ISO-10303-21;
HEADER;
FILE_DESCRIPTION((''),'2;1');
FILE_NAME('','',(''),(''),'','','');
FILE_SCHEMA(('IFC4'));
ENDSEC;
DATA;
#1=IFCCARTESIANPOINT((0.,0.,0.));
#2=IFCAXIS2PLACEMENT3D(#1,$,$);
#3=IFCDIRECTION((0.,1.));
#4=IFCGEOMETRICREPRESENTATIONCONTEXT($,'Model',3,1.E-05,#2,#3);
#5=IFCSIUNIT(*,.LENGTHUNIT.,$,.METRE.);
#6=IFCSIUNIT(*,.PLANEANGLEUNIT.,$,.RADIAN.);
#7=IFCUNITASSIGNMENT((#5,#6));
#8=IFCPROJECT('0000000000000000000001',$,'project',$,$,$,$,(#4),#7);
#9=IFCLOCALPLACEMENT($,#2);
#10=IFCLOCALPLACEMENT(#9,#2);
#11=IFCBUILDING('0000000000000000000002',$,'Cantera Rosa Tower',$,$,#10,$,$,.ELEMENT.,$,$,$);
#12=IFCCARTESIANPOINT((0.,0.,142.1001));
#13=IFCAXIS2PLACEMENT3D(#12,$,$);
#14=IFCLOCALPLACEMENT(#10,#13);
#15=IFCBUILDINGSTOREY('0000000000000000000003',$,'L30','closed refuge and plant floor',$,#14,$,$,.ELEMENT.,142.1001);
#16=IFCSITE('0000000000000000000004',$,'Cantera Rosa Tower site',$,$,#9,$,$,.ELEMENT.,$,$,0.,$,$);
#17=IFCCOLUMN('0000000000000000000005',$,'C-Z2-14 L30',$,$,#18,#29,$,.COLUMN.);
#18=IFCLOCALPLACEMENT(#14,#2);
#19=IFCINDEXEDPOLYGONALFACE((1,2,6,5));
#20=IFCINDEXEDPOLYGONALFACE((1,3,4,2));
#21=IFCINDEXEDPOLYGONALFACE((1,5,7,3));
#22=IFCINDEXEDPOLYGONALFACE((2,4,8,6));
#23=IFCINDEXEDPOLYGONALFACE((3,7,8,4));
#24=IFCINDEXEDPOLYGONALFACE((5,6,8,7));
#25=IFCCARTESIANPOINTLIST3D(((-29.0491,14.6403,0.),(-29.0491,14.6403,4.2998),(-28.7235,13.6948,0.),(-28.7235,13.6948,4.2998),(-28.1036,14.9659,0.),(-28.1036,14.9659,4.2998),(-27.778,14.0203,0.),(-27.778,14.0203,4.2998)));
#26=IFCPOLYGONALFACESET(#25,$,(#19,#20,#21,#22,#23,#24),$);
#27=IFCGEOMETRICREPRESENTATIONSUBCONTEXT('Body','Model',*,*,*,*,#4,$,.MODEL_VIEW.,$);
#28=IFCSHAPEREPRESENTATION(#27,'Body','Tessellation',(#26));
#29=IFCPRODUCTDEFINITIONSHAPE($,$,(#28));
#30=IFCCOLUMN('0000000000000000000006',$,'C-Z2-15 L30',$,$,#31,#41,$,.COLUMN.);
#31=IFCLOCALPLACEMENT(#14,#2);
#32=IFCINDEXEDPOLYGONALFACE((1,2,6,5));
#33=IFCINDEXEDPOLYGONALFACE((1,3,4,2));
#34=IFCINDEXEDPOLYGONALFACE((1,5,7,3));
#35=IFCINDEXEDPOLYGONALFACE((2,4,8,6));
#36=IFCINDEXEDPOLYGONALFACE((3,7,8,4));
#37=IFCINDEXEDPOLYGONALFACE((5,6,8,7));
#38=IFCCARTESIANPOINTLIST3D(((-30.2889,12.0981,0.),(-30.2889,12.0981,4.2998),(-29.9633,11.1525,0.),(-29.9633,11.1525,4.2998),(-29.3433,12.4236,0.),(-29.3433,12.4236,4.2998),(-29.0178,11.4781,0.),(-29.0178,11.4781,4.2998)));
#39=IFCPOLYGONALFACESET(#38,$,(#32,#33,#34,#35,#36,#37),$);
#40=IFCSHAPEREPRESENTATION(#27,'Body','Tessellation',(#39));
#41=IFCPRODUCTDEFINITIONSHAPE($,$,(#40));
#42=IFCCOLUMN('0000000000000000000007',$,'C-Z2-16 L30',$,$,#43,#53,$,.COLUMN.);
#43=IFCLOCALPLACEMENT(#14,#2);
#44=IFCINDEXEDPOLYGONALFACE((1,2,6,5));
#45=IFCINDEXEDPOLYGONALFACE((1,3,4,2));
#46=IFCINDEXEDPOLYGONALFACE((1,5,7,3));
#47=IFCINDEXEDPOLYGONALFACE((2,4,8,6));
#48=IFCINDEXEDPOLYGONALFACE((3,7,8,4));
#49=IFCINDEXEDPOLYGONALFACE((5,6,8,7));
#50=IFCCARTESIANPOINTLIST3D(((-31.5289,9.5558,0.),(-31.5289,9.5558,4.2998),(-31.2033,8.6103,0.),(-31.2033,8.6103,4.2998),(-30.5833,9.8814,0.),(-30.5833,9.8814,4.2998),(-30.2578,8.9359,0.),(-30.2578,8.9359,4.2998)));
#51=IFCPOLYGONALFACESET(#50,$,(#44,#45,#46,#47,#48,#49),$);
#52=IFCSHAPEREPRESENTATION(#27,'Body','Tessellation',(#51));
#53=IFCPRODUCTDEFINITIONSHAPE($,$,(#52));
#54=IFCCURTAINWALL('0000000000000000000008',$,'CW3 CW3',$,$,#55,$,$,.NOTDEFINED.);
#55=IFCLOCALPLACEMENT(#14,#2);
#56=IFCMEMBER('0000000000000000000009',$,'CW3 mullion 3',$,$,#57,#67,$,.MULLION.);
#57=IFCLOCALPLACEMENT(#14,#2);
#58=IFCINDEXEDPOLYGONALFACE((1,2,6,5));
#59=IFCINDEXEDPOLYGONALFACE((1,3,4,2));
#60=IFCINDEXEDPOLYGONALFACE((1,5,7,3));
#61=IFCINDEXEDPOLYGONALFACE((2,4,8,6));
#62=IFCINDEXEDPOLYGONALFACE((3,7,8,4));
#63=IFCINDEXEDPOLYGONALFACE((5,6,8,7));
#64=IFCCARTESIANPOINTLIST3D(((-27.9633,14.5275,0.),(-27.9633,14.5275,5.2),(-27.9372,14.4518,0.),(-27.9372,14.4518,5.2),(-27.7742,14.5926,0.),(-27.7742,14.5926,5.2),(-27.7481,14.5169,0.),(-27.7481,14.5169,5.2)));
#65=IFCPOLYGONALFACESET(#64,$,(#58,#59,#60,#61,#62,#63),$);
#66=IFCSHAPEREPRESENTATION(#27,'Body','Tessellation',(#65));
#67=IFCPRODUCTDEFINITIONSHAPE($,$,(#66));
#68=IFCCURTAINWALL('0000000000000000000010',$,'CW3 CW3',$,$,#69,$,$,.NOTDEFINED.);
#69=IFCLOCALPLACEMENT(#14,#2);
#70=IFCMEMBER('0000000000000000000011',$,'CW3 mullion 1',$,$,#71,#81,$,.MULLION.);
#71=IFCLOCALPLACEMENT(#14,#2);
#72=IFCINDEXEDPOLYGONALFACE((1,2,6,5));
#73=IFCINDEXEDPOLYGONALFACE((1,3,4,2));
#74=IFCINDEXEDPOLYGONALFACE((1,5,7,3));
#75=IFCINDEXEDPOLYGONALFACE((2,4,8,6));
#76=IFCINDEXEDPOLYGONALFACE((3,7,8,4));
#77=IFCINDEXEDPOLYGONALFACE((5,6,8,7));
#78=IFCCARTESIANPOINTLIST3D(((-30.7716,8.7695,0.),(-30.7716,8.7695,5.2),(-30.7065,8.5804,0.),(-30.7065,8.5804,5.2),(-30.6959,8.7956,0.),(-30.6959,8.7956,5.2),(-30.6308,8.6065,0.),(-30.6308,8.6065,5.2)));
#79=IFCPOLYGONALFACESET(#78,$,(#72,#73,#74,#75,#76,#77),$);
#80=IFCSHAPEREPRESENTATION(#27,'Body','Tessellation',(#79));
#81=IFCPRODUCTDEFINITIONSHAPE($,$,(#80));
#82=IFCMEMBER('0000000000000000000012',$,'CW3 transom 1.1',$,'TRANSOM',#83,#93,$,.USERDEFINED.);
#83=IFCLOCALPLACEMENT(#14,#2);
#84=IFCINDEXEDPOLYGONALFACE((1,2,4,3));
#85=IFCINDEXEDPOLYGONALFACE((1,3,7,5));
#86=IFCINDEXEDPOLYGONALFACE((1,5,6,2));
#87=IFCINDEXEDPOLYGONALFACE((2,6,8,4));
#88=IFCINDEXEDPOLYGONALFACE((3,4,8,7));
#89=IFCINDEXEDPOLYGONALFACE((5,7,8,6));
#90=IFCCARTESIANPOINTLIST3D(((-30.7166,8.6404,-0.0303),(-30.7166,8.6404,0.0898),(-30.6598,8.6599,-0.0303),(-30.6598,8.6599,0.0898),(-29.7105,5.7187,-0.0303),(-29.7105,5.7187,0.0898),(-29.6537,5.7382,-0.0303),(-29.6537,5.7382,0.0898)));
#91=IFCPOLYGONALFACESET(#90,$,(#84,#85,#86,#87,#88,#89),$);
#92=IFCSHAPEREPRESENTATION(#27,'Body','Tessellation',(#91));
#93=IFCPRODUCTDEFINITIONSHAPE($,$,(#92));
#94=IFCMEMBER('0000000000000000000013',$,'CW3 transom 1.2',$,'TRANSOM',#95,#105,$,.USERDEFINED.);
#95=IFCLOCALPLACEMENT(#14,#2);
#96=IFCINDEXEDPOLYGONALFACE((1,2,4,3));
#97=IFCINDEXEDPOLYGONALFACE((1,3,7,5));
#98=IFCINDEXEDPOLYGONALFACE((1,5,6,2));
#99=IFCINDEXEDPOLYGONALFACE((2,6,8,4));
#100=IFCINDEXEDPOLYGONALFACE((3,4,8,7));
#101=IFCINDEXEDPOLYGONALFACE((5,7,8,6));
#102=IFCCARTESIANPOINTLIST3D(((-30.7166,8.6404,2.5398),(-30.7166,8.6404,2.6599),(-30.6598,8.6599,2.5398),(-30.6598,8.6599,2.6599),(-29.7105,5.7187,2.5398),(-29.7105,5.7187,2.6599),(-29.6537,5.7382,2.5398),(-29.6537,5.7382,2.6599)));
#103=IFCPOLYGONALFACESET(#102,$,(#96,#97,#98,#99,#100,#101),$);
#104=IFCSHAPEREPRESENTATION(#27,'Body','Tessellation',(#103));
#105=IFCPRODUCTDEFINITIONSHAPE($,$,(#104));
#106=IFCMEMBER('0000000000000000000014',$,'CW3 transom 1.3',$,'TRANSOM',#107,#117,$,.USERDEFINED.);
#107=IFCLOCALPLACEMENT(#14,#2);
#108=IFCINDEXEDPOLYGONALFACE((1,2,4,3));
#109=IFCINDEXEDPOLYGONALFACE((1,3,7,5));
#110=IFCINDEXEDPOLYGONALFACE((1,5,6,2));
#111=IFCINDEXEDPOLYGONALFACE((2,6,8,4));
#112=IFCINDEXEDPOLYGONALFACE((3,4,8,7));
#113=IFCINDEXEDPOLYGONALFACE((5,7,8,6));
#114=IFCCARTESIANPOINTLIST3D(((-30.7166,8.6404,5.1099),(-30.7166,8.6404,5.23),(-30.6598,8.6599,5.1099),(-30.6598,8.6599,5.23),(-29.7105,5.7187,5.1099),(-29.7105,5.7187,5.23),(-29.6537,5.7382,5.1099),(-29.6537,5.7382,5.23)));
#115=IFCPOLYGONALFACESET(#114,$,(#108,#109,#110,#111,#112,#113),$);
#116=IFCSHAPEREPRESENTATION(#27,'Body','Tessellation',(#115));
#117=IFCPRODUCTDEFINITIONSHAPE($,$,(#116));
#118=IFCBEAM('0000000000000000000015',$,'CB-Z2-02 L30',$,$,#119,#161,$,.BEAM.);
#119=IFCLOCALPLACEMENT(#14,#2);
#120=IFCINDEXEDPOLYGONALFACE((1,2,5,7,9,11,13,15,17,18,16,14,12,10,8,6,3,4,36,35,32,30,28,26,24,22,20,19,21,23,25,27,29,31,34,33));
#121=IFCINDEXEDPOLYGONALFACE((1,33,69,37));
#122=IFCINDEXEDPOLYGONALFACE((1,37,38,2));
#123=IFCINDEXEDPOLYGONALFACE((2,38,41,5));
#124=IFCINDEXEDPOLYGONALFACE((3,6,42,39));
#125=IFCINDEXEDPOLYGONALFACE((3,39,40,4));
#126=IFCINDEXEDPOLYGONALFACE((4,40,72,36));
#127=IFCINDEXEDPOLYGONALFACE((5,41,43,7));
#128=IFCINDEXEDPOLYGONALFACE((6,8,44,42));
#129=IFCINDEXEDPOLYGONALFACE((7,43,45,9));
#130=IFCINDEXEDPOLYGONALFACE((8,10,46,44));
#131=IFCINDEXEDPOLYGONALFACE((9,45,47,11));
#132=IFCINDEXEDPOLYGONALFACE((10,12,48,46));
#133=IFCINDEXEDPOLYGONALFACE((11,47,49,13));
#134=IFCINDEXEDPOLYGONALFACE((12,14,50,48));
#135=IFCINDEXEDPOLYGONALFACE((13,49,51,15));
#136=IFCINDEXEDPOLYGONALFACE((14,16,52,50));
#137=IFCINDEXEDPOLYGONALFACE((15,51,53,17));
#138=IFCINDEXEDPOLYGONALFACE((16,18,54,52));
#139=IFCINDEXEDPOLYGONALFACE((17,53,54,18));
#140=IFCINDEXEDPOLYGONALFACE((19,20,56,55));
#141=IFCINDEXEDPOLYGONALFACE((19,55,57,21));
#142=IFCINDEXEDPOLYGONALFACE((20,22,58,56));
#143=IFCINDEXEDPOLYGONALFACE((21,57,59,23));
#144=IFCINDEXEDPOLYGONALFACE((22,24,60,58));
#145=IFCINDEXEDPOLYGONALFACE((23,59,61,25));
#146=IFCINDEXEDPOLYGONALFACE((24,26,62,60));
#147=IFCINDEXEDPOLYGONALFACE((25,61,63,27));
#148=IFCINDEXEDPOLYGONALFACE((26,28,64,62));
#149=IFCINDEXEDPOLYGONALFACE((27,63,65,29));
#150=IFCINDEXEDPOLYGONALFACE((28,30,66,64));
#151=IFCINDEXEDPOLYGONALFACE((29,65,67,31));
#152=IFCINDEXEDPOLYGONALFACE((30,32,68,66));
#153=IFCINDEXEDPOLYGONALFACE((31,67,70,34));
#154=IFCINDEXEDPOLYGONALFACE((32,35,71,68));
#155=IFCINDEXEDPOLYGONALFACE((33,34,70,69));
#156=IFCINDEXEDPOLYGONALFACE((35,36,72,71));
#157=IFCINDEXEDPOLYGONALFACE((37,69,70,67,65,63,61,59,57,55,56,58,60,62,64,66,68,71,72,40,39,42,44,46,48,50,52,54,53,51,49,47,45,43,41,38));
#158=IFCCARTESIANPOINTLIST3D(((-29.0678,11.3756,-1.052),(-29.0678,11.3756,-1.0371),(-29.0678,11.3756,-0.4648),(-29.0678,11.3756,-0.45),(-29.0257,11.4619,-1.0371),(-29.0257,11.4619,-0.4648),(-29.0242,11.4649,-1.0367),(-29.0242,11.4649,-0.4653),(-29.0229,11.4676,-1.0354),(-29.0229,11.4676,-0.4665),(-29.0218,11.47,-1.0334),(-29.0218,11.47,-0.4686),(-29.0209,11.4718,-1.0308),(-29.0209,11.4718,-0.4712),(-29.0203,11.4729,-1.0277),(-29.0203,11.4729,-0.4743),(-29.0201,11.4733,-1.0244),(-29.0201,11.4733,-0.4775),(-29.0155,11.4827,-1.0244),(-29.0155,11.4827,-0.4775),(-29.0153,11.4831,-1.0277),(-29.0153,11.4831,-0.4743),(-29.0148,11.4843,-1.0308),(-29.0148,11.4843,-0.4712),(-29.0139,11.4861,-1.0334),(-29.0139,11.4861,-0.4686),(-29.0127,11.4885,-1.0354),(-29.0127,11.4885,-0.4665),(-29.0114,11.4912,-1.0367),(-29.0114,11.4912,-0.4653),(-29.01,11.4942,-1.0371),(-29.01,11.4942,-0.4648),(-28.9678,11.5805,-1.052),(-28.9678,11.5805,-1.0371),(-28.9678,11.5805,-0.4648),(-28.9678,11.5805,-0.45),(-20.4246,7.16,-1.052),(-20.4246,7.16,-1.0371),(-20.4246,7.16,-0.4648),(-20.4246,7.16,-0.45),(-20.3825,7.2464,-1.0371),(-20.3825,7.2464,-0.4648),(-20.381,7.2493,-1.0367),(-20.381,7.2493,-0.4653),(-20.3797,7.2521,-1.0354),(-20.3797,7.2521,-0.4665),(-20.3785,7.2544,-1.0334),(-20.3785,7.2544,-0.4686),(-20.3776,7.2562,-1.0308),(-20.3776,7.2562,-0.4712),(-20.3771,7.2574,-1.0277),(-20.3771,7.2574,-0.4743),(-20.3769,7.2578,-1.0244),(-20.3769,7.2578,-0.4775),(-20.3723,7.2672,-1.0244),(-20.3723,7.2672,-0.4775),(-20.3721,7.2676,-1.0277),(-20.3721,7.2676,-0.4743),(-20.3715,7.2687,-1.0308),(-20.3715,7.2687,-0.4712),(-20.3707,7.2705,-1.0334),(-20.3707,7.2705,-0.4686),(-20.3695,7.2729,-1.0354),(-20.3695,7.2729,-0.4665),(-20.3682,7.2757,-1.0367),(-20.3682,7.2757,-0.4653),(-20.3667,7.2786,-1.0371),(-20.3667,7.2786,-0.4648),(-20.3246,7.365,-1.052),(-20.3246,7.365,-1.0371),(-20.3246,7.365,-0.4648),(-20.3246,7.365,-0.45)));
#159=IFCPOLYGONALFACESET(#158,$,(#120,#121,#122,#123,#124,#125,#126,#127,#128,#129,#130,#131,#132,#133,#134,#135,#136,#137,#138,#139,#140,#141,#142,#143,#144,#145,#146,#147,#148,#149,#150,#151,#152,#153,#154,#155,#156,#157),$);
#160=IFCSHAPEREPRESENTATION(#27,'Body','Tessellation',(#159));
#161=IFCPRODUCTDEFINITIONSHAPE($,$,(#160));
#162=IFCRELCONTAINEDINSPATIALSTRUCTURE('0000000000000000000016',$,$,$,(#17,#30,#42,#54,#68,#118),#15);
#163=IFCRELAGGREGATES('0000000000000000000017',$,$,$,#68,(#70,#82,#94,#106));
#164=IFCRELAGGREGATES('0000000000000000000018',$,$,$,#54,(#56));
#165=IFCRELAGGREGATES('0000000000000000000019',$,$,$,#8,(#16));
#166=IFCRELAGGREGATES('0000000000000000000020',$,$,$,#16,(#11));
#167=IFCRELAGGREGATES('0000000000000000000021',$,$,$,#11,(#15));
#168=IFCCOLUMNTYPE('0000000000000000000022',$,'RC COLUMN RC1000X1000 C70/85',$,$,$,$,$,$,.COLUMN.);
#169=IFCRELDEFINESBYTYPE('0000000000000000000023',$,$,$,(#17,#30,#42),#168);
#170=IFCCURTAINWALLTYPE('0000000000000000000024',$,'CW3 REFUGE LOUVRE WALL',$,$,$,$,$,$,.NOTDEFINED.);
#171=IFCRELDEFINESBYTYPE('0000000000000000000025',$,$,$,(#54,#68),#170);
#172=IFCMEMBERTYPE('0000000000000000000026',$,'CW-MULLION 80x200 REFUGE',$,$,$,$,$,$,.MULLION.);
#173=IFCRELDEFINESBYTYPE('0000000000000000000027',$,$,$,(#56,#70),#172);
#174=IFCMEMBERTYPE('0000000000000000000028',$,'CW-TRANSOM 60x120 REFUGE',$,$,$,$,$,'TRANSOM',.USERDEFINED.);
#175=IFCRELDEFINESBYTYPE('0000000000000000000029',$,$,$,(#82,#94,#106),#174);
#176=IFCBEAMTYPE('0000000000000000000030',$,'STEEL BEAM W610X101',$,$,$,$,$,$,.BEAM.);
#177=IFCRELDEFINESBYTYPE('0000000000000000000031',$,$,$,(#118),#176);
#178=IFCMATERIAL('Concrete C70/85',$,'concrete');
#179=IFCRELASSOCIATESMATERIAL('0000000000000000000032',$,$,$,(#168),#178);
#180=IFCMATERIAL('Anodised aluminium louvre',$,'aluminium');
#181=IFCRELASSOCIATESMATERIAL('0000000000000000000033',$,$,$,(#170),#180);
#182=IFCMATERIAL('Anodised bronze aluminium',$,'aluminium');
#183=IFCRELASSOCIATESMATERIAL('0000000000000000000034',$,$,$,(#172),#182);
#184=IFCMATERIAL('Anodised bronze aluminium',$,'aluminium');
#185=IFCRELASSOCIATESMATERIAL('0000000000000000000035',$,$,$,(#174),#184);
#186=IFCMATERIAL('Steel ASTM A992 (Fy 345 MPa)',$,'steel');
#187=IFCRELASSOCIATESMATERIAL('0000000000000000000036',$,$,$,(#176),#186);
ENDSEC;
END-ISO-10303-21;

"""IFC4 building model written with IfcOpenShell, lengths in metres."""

from ifc_helpers import new_model, si_unit, direction, frame, origin, origin_2d, place, context, subcontext, project, spatial, rectangle, i_section, extrude, material, material_profile, profile_set, type_object, element, aggregate, save


model = new_model("IFC4")

# Units and contexts
model_context = context("Model", 3, precision=1e-05, world=origin(), true_north=direction((0.0, 1.0)))
body_context = subcontext(model_context, "Body", "Model", "MODEL_VIEW")
ifc_project = project(units=[si_unit("LENGTHUNIT", "METRE"), si_unit("PLANEANGLEUNIT", "RADIAN")], contexts=[model_context])

# Site, building, storey
site_placement = place(None, origin())
site = spatial("IfcSite", under=ifc_project, at=site_placement, Name="Cantera Rosa Tower site", CompositionType="ELEMENT", RefElevation=0.0)
building_placement = place(site_placement, origin())
building = spatial("IfcBuilding", under=site, at=building_placement, Name="Cantera Rosa Tower", CompositionType="ELEMENT")
storey_placement = place(building_placement, frame((0.0, 0.0, 142.1001)))
storey = spatial("IfcBuildingStorey", under=building, at=storey_placement, Name="L30", Description="closed refuge and plant floor", CompositionType="ELEMENT", Elevation=142.1001)

# Columns
ifc_material_1 = material(Name="Concrete C70/85", Category="concrete")
ifc_material_profile_1 = material_profile(ifc_material_1, rectangle(XDim=1.0, YDim=1.0, at=origin_2d()), Name="RC COLUMN RC1000X1000 C70/85")
ifc_profile_set_1 = profile_set([ifc_material_profile_1], Name="Concrete C70/85")
column_type = type_object("IfcColumnType", Name="RC COLUMN RC1000X1000 C70/85", PredefinedType="COLUMN", material=ifc_profile_set_1)
for number, where, z_axis, x_axis, name in (
    (1, (-28.4136, 14.3303, 0.0), (0.0, 0.0, 1.0), (0.945519, 0.325568, 0.0), "C-Z2-14 L30"),
    (2, (-29.6533, 11.7881, 0.0), (0.0, 0.0, 1.0), (0.945519, 0.325568, 0.0), "C-Z2-15 L30"),
    (3, (-30.8933, 9.2458, 0.0), (0.0, 0.0, 1.0), (0.945519, 0.325568, 0.0), "C-Z2-16 L30"),
):
    element("IfcColumn", number, at=place(storey_placement, frame(where, z_axis=z_axis, x_axis=x_axis)), inside=storey, type_object=column_type, Name=name, PredefinedType="COLUMN", context=body_context, shape_type="SweptSolid", body=[
        extrude(rectangle(XDim=1.0, YDim=1.0, at=origin_2d()), origin(), (0.0, 0.0, 1.0), 4.2998),
    ])

# Curtain wall, member
ifc_material_2 = material(Name="Anodised aluminium louvre", Category="aluminium")
curtain_wall_type = type_object("IfcCurtainWallType", Name="CW3 REFUGE LOUVRE WALL", PredefinedType="NOTDEFINED", material=ifc_material_2)
curtain_wall_1_placement = place(storey_placement, origin())
curtain_wall_1 = element("IfcCurtainWall", 4, at=curtain_wall_1_placement, inside=storey, type_object=curtain_wall_type, Name="CW3 CW3", PredefinedType="NOTDEFINED")
ifc_material_3 = material(Name="Anodised bronze aluminium", Category="aluminium")
ifc_material_profile_2 = material_profile(ifc_material_3, rectangle(XDim=0.0801, YDim=0.2, at=origin_2d()), Name="CW-MULLION 80x200 REFUGE")
ifc_profile_set_2 = profile_set([ifc_material_profile_2], Name="Anodised bronze aluminium")
member_type_1 = type_object("IfcMemberType", Name="CW-MULLION 80x200 REFUGE", PredefinedType="MULLION", material=ifc_profile_set_2)
member_1_placement = place(storey_placement, frame((-27.8557, 14.5222, 0.0), z_axis=(0.0, 0.0, 1.0), x_axis=(0.325568, -0.945519, 0.0)))
member_1 = element("IfcMember", 5, at=member_1_placement, type_object=member_type_1, Name="CW3 mullion 3", PredefinedType="MULLION", context=body_context, shape_type="SweptSolid", body=[
    extrude(rectangle(XDim=0.0801, YDim=0.2, at=origin_2d()), origin(), (0.0, 0.0, 1.0), 5.2),
])

# Curtain wall, members
curtain_wall_2_placement = place(storey_placement, origin())
curtain_wall_2 = element("IfcCurtainWall", 6, at=curtain_wall_2_placement, inside=storey, type_object=curtain_wall_type, Name="CW3 CW3", PredefinedType="NOTDEFINED")
member_2_placement = place(storey_placement, frame((-30.7012, 8.688, 0.0), z_axis=(0.0, 0.0, 1.0), x_axis=(0.945519, 0.325568, 0.0)))
member_2 = element("IfcMember", 7, at=member_2_placement, type_object=member_type_1, Name="CW3 mullion 1", PredefinedType="MULLION", context=body_context, shape_type="SweptSolid", body=[
    extrude(rectangle(XDim=0.0801, YDim=0.2, at=origin_2d()), origin(), (0.0, 0.0, 1.0), 5.2),
])
ifc_material_4 = material(Name="Anodised bronze aluminium", Category="aluminium")
ifc_material_profile_3 = material_profile(ifc_material_4, rectangle(XDim=0.0601, YDim=0.1201, at=origin_2d()), Name="CW-TRANSOM 60x120 REFUGE")
ifc_profile_set_3 = profile_set([ifc_material_profile_3], Name="Anodised bronze aluminium")
member_type_2 = type_object("IfcMemberType", Name="CW-TRANSOM 60x120 REFUGE", ElementType="TRANSOM", PredefinedType="USERDEFINED", material=ifc_profile_set_3)
member_3_placement = place(storey_placement, frame((-30.6882, 8.6501, 0.0298), z_axis=(0.325599, -0.945508, 0.0), x_axis=(0.945508, 0.325599, 0.0)))
member_3 = element("IfcMember", 8, at=member_3_placement, type_object=member_type_2, Name="CW3 transom 1.1", ObjectType="TRANSOM", PredefinedType="USERDEFINED", context=body_context, shape_type="SweptSolid", body=[
    extrude(rectangle(XDim=0.0601, YDim=0.1201, at=origin_2d()), origin(), (0.0, 0.0, 1.0), 3.0901),
])
member_4_placement = place(storey_placement, frame((-30.6882, 8.6501, 2.5999), z_axis=(0.325599, -0.945508, 0.0), x_axis=(0.945508, 0.325599, 0.0)))
member_4 = element("IfcMember", 9, at=member_4_placement, type_object=member_type_2, Name="CW3 transom 1.2", ObjectType="TRANSOM", PredefinedType="USERDEFINED", context=body_context, shape_type="SweptSolid", body=[
    extrude(rectangle(XDim=0.0601, YDim=0.1201, at=origin_2d()), origin(), (0.0, 0.0, 1.0), 3.0901),
])
member_5_placement = place(storey_placement, frame((-30.6882, 8.6501, 5.1699), z_axis=(0.325599, -0.945508, 0.0), x_axis=(0.945508, 0.325599, 0.0)))
member_5 = element("IfcMember", 10, at=member_5_placement, type_object=member_type_2, Name="CW3 transom 1.3", ObjectType="TRANSOM", PredefinedType="USERDEFINED", context=body_context, shape_type="SweptSolid", body=[
    extrude(rectangle(XDim=0.0601, YDim=0.1201, at=origin_2d()), origin(), (0.0, 0.0, 1.0), 3.0901),
])
aggregate(curtain_wall_2, [member_2, member_3, member_4, member_5])

# Beam
ifc_material_5 = material(Name="Steel ASTM A992 (Fy 345 MPa)", Category="steel")
ifc_material_profile_4 = material_profile(ifc_material_5, i_section(OverallWidth=0.228, OverallDepth=0.6021, WebThickness=0.0105, FlangeThickness=0.0149, FilletRadius=0.0127, at=origin_2d()), Name="W610X101")
ifc_profile_set_4 = profile_set([ifc_material_profile_4], Name="Steel ASTM A992 (Fy 345 MPa)")
beam_type_1 = type_object("IfcBeamType", Name="STEEL BEAM W610X101", PredefinedType="BEAM", material=ifc_profile_set_4)
beam_1_placement = place(storey_placement, frame((-29.0178, 11.478, -0.751), z_axis=(0.898796, -0.438367, 0.0), x_axis=(0.438367, 0.898796, 0.0)))
element("IfcBeam", 11, at=beam_1_placement, inside=storey, type_object=beam_type_1, Name="CB-Z2-02 L30", PredefinedType="BEAM", context=body_context, shape_type="SweptSolid", body=[
    extrude(i_section(OverallWidth=0.228, OverallDepth=0.6021, WebThickness=0.0105, FlangeThickness=0.0149, FilletRadius=0.0127, at=origin_2d()), origin(), (0.0, 0.0, 1.0), 9.6165),
])

aggregate(curtain_wall_1, [member_1])

save(model, "model.ifc")
